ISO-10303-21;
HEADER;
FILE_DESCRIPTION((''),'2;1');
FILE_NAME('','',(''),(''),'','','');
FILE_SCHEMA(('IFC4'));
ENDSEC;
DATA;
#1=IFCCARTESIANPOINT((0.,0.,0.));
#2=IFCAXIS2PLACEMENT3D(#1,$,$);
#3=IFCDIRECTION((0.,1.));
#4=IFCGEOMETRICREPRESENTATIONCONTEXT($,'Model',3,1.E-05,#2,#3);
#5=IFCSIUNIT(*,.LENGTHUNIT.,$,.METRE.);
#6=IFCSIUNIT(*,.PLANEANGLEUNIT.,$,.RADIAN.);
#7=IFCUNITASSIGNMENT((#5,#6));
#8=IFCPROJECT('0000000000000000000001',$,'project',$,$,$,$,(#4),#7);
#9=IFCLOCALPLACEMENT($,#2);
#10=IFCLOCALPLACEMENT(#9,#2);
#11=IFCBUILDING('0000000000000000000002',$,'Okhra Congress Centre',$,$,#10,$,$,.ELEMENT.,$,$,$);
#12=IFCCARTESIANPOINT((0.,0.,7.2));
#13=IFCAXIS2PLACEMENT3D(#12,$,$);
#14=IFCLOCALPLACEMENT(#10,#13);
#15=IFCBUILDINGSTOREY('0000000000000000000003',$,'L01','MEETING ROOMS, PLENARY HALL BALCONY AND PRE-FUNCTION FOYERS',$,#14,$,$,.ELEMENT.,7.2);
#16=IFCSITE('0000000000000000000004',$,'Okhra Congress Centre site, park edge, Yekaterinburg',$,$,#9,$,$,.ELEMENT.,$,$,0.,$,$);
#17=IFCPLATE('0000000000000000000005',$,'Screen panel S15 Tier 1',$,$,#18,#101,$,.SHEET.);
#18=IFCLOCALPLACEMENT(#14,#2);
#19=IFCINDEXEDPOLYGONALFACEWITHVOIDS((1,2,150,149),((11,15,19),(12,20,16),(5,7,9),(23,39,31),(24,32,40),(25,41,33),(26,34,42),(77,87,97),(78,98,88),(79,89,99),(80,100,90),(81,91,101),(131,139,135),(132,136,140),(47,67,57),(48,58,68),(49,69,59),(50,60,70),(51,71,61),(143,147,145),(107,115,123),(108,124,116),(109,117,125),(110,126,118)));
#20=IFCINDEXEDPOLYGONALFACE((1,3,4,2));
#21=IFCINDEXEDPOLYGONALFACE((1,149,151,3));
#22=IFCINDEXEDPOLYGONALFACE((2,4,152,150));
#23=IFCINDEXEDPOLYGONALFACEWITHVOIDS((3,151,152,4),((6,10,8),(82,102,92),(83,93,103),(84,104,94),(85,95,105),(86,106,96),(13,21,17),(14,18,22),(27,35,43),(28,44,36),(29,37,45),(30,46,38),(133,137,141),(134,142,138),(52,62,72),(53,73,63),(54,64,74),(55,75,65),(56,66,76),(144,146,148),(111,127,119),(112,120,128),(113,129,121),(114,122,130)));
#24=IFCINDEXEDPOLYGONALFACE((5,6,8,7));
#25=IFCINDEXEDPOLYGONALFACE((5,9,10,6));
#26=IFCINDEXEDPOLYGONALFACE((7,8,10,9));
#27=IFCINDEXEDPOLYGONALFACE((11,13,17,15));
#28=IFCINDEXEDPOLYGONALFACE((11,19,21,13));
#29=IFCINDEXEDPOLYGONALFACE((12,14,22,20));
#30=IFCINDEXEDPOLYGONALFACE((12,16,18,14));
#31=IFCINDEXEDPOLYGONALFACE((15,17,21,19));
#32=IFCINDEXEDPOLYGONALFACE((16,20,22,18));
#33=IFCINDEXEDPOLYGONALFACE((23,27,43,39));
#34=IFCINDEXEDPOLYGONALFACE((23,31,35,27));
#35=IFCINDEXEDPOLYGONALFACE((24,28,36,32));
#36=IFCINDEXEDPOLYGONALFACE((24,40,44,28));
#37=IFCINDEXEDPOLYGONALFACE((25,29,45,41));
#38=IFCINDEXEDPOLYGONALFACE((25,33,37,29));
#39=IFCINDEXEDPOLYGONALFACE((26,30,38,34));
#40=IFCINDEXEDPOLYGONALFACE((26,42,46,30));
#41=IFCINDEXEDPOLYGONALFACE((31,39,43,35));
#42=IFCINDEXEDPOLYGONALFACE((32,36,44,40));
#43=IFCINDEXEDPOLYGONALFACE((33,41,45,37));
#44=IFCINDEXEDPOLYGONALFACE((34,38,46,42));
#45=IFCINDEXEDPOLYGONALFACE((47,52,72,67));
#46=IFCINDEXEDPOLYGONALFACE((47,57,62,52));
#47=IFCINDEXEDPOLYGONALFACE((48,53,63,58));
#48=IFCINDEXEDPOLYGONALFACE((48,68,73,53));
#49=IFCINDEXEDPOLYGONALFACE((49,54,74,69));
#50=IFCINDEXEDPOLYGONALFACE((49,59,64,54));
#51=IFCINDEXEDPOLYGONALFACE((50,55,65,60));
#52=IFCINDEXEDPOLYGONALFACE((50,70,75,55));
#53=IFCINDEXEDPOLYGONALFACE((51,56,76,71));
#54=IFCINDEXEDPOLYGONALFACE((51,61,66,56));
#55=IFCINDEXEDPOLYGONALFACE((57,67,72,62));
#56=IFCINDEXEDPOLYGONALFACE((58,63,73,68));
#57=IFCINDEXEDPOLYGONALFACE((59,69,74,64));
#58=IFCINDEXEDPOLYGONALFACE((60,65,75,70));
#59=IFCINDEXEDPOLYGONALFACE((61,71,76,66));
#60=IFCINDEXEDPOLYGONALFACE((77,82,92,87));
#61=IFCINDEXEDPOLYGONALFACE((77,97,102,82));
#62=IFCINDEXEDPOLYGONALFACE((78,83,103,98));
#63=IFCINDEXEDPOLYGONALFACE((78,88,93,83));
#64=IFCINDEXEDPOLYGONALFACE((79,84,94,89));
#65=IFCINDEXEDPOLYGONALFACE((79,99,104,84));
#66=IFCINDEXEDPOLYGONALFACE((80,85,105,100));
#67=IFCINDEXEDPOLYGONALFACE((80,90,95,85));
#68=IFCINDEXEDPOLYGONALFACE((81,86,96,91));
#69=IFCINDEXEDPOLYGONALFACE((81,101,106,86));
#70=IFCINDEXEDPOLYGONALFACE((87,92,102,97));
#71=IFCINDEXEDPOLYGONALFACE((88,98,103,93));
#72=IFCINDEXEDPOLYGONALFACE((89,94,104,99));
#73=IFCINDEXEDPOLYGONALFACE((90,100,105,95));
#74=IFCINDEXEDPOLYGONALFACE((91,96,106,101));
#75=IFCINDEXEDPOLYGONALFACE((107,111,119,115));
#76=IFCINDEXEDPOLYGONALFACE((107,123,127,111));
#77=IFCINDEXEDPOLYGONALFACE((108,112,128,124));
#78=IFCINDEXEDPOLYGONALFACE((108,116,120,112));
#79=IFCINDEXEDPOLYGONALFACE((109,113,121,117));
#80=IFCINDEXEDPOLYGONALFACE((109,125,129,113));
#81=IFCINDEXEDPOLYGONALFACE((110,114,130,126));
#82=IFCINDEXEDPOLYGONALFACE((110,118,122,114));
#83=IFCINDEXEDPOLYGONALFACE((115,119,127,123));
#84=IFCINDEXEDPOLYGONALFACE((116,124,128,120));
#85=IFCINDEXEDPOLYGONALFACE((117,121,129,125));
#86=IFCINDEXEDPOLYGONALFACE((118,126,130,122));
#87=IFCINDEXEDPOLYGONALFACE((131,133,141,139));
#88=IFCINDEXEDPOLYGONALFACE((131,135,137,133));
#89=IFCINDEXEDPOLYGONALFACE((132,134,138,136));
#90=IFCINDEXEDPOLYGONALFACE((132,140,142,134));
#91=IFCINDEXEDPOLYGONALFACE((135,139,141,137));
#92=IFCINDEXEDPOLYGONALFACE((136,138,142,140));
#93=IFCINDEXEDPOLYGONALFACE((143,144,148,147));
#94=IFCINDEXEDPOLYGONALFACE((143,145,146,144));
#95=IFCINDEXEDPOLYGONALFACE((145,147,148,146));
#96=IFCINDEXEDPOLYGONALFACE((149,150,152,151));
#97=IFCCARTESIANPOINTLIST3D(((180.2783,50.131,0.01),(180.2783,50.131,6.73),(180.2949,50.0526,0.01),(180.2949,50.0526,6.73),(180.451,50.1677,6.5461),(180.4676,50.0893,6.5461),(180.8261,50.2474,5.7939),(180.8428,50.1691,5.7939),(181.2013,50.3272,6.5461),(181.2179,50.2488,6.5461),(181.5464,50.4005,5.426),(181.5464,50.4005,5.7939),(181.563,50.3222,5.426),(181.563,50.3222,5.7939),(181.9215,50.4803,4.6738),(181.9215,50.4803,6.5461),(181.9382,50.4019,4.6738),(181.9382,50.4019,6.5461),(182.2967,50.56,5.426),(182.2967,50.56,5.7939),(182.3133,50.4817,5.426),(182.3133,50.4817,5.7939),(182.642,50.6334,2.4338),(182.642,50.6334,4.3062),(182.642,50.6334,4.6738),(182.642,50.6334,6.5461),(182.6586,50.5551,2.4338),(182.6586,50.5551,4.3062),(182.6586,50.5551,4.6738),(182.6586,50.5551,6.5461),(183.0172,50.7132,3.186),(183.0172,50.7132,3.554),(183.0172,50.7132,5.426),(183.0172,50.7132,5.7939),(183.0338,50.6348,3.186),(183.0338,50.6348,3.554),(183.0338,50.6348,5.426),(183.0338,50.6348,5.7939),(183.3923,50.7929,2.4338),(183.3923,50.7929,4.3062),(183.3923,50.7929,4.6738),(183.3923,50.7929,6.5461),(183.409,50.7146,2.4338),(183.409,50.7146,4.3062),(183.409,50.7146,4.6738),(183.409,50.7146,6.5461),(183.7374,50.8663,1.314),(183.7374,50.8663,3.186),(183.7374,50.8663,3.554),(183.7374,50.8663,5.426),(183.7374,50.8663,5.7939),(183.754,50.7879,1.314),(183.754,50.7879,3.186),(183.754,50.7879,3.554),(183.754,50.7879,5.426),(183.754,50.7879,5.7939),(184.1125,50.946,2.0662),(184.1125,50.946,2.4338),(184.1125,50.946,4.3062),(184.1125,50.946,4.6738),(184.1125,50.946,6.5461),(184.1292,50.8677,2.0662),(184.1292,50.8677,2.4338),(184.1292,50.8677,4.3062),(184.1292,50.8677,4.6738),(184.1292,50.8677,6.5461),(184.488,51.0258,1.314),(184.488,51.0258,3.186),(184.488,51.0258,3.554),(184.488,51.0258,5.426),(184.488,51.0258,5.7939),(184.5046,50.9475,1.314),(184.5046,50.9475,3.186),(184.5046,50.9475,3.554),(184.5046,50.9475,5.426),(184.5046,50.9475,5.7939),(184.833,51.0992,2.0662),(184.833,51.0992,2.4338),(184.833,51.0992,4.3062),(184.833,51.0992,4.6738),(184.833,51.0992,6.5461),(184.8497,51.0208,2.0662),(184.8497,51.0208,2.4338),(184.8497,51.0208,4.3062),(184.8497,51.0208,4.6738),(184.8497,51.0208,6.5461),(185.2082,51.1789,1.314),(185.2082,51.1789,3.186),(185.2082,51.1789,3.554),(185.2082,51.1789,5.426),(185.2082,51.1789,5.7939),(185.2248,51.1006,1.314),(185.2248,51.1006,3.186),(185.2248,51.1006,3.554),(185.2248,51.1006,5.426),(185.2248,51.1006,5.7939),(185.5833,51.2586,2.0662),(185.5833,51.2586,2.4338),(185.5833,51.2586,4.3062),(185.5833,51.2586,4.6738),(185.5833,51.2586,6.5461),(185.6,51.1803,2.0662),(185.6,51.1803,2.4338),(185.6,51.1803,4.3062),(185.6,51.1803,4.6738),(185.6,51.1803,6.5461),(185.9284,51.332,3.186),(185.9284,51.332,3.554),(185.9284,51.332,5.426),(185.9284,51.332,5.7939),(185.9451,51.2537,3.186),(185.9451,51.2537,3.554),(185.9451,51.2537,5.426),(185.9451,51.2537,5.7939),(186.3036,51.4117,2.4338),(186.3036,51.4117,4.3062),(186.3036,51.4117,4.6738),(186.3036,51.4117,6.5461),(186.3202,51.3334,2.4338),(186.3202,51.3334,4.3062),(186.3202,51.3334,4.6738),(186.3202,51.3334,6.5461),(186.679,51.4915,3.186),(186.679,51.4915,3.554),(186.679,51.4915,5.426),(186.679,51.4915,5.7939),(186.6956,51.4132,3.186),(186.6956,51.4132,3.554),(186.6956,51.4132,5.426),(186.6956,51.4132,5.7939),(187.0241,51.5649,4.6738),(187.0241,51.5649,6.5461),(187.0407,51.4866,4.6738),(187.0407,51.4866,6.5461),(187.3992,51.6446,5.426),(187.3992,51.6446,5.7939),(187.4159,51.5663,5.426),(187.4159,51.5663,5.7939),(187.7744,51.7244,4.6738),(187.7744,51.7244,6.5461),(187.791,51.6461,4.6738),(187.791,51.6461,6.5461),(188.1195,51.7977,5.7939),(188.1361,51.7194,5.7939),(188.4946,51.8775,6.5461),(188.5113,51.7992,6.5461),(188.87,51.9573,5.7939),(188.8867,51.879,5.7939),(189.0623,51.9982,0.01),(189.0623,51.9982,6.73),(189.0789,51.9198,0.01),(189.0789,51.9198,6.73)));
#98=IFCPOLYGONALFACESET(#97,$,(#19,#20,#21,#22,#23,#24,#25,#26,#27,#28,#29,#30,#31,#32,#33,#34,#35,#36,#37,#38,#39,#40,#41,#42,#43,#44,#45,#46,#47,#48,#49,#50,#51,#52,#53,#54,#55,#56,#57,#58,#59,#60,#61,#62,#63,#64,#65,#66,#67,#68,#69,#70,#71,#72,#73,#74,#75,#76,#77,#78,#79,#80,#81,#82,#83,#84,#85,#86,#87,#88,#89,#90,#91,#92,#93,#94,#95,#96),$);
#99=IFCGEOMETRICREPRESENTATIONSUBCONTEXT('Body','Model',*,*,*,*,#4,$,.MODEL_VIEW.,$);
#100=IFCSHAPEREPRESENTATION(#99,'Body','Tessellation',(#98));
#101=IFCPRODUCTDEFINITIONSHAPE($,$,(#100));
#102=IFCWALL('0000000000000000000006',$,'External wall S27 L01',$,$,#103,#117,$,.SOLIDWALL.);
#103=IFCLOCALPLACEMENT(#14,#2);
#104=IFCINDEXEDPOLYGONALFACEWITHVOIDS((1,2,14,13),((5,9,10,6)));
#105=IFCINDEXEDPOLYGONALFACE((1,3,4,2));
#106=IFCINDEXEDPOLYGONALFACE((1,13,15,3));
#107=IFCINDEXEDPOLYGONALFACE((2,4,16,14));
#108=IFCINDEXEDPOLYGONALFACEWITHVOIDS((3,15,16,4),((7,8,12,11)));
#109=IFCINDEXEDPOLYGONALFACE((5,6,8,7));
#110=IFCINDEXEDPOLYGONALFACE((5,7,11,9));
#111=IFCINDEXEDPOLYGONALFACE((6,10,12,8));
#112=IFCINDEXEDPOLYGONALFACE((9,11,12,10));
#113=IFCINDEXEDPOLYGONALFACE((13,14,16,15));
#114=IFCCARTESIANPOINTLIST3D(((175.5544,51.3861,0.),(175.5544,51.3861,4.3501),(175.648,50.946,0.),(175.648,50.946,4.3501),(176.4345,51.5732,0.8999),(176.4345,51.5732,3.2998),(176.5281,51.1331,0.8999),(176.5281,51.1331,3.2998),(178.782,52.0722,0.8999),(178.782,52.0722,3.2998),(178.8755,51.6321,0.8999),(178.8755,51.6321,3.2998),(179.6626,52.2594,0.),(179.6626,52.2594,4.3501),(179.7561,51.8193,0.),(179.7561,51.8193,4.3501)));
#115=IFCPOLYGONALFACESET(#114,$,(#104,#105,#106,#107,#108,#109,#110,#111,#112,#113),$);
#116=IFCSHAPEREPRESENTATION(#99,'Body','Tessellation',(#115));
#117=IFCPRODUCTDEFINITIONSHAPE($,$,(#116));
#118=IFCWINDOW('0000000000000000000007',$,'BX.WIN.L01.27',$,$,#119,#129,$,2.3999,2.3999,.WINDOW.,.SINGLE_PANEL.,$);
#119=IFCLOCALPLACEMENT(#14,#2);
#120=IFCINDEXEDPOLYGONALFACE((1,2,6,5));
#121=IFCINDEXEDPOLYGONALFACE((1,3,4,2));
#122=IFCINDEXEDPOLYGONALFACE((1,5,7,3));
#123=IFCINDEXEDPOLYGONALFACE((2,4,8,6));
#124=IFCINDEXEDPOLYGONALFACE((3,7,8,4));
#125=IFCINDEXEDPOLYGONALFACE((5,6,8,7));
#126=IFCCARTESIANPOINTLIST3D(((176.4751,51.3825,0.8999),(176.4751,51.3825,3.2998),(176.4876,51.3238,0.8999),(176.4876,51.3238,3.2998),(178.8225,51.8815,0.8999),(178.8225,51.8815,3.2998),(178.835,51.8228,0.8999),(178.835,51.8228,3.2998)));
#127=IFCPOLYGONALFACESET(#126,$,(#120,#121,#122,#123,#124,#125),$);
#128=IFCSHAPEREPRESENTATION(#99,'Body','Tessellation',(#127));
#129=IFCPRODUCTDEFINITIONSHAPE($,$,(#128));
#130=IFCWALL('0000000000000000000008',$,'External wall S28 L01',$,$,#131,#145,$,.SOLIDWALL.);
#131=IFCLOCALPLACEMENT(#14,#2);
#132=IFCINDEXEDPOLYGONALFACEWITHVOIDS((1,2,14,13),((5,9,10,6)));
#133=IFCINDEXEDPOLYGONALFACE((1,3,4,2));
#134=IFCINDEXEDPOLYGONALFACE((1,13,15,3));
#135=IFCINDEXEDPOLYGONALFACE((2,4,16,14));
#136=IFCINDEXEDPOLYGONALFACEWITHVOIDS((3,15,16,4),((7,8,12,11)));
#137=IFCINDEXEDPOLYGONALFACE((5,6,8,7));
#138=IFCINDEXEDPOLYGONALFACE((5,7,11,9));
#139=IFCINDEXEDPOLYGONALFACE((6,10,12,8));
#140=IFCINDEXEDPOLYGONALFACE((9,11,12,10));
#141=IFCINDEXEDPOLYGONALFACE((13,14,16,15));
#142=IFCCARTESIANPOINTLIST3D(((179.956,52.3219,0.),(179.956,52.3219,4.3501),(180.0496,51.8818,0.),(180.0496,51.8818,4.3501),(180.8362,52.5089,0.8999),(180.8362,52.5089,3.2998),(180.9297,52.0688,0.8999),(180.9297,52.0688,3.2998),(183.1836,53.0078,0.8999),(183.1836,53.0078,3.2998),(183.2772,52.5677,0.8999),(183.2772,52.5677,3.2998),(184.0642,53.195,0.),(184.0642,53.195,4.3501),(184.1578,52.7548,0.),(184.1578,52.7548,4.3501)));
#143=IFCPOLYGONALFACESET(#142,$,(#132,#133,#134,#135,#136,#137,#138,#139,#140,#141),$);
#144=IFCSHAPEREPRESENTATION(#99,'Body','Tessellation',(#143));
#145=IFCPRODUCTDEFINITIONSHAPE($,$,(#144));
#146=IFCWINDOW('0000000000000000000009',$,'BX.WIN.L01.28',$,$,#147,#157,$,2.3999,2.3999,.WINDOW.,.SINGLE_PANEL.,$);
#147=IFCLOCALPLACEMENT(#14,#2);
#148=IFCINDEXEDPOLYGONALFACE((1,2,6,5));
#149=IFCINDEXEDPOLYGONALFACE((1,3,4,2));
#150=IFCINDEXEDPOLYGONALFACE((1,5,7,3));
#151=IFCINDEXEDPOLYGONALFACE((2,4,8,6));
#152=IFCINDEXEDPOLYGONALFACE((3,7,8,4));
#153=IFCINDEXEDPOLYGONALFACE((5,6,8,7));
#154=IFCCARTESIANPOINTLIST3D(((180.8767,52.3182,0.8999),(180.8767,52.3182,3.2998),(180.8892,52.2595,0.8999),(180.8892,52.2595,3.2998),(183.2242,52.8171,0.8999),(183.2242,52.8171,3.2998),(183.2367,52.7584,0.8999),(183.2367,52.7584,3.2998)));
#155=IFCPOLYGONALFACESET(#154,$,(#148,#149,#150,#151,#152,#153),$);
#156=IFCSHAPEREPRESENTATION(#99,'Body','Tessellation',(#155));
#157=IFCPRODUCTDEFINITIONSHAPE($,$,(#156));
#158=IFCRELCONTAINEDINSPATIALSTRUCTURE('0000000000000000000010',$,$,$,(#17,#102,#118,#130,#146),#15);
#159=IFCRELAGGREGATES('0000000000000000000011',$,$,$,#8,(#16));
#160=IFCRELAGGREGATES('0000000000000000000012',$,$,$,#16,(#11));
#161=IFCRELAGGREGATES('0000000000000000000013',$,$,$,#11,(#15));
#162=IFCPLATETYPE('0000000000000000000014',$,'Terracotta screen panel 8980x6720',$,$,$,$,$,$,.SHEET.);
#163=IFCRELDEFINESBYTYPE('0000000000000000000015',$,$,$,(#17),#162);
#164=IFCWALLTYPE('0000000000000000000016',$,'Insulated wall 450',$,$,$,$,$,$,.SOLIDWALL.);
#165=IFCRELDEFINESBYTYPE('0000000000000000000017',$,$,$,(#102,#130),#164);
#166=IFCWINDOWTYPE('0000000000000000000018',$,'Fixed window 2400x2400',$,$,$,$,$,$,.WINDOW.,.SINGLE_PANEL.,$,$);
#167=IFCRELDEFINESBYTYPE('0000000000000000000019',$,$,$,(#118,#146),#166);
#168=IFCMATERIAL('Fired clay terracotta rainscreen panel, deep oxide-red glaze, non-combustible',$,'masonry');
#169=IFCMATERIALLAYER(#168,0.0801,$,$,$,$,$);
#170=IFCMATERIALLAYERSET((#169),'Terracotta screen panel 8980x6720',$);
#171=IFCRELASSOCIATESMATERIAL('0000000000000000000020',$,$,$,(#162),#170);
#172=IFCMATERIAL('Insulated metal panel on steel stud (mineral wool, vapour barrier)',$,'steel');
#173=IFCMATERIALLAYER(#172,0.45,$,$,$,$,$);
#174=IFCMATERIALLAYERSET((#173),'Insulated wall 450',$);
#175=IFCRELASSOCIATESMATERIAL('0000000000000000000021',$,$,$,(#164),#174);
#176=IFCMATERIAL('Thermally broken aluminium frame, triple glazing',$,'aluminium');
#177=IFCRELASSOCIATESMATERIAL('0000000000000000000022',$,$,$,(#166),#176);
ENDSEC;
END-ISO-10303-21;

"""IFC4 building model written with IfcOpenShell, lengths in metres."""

from ifc_helpers import new_model, si_unit, direction, frame, frame_2d, origin, place, context, subcontext, project, spatial, polyline, rectangle, outline, extrude, material, layer, layer_set, type_object, element, fill, save


model = new_model("IFC4")

# Units and contexts
model_context = context("Model", 3, precision=1e-05, world=origin(), true_north=direction((0.0, 1.0)))
body_context = subcontext(model_context, "Body", "Model", "MODEL_VIEW")
ifc_project = project(units=[si_unit("LENGTHUNIT", "METRE"), si_unit("PLANEANGLEUNIT", "RADIAN")], contexts=[model_context])

# Site, building, storey
site_placement = place(None, origin())
site = spatial("IfcSite", under=ifc_project, at=site_placement, Name="Okhra Congress Centre site, park edge, Yekaterinburg", CompositionType="ELEMENT", RefElevation=0.0)
building_placement = place(site_placement, origin())
building = spatial("IfcBuilding", under=site, at=building_placement, Name="Okhra Congress Centre", CompositionType="ELEMENT")
storey_placement = place(building_placement, frame((0.0, 0.0, 7.2)))
storey = spatial("IfcBuildingStorey", under=building, at=storey_placement, Name="L01", Description="MEETING ROOMS, PLENARY HALL BALCONY AND PRE-FUNCTION FOYERS", CompositionType="ELEMENT", Elevation=7.2)

# Plate
ifc_material_1 = material(Name="Fired clay terracotta rainscreen panel, deep oxide-red glaze, non-combustible", Category="masonry")
ifc_layer_1 = layer(ifc_material_1, 0.0801)
ifc_layer_set_1 = layer_set([ifc_layer_1], Name="Terracotta screen panel 8980x6720")
plate_type = type_object("IfcPlateType", Name="Terracotta screen panel 8980x6720", PredefinedType="SHEET", material=ifc_layer_set_1)
plate_placement = place(storey_placement, frame((180.2866, 50.0918, 0.01), z_axis=(0.0, 0.0, 1.0), x_axis=(0.978145, 0.207923, 0.0)))
element("IfcPlate", 1, at=plate_placement, inside=storey, type_object=plate_type, Name="Screen panel S15 Tier 1", PredefinedType="SHEET", context=body_context, shape_type="SweptSolid", body=[
    extrude(outline(polyline([(0.0, 0.0), (8.9802, 0.0), (8.9802, 6.72), (0.0, 6.72), (0.0, 0.0)]), holes=[polyline([(3.5364, 1.304), (4.3037, 1.304), (3.9199, 2.0562), (3.5364, 1.304)]), polyline([(4.6565, 2.0562), (5.04, 1.304), (5.4236, 2.0562), (4.6565, 2.0562)]), polyline([(2.4165, 2.4238), (3.1836, 2.4238), (2.8, 3.176), (2.4165, 2.4238)]), polyline([(3.5364, 3.176), (3.9199, 2.4238), (4.3037, 3.176), (3.5364, 3.176)]), polyline([(4.6565, 2.4238), (5.4236, 2.4238), (5.04, 3.176), (4.6565, 2.4238)]), polyline([(5.7764, 3.176), (6.1599, 2.4238), (6.5437, 3.176), (5.7764, 3.176)]), polyline([(2.4165, 4.2961), (2.8, 3.5439), (3.1836, 4.2961), (2.4165, 4.2961)]), polyline([(3.5364, 3.5439), (4.3037, 3.5439), (3.9199, 4.2961), (3.5364, 3.5439)]), polyline([(4.6565, 4.2961), (5.04, 3.5439), (5.4236, 4.2961), (4.6565, 4.2961)]), polyline([(5.7764, 3.5439), (6.5437, 3.5439), (6.1599, 4.2961), (5.7764, 3.5439)]), polyline([(1.2964, 5.416), (1.6799, 4.6638), (2.0635, 5.416), (1.2964, 5.416)]), polyline([(2.4165, 4.6638), (3.1836, 4.6638), (2.8, 5.416), (2.4165, 4.6638)]), polyline([(3.5364, 5.416), (3.9199, 4.6638), (4.3037, 5.416), (3.5364, 5.416)]), polyline([(4.6565, 4.6638), (5.4236, 4.6638), (5.04, 5.416), (4.6565, 4.6638)]), polyline([(5.7764, 5.416), (6.1599, 4.6638), (6.5437, 5.416), (5.7764, 5.416)]), polyline([(6.8965, 4.6638), (7.6636, 4.6638), (7.28, 5.416), (6.8965, 4.6638)]), polyline([(0.1765, 6.5361), (0.5601, 5.7839), (0.9436, 6.5361), (0.1765, 6.5361)]), polyline([(1.2964, 5.7839), (2.0635, 5.7839), (1.6799, 6.5361), (1.2964, 5.7839)]), polyline([(2.4165, 6.5361), (2.8, 5.7839), (3.1836, 6.5361), (2.4165, 6.5361)]), polyline([(3.5364, 5.7839), (4.3037, 5.7839), (3.9199, 6.5361), (3.5364, 5.7839)]), polyline([(4.6565, 6.5361), (5.04, 5.7839), (5.4236, 6.5361), (4.6565, 6.5361)]), polyline([(5.7764, 5.7839), (6.5437, 5.7839), (6.1599, 6.5361), (5.7764, 5.7839)]), polyline([(6.8965, 6.5361), (7.28, 5.7839), (7.6636, 6.5361), (6.8965, 6.5361)]), polyline([(8.0164, 5.7839), (8.7837, 5.7839), (8.3999, 6.5361), (8.0164, 5.7839)])]), frame((0.0, 0.04, 0.0), z_axis=(0.0, -1.0, 0.0), x_axis=(1.0, 0.0, 0.0)), (0.0, 0.0, 1.0), 0.0801),
])

# Walls, openings, windows
ifc_material_2 = material(Name="Insulated metal panel on steel stud (mineral wool, vapour barrier)", Category="steel")
ifc_layer_2 = layer(ifc_material_2, 0.45)
ifc_layer_set_2 = layer_set([ifc_layer_2], Name="Insulated wall 450")
wall_type_1 = type_object("IfcWallType", Name="Insulated wall 450", PredefinedType="SOLIDWALL", material=ifc_layer_set_2)
wall_1_placement = place(storey_placement, frame((175.6011, 51.166, 0.0), z_axis=(0.0, 0.0, 1.0), x_axis=(0.978144, 0.207929, 0.0)))
wall_1 = element("IfcWall", 2, at=wall_1_placement, inside=storey, type_object=wall_type_1, Name="External wall S27 L01", PredefinedType="SOLIDWALL", context=body_context, shape_type="SweptSolid", body=[
    extrude(rectangle(XDim=4.2, YDim=0.45, at=frame_2d((2.1001, 0.0))), origin(), (0.0, 0.0, 1.0), 4.3501),
])
opening_1_placement = place(wall_1_placement, frame((0.8999, 0.0, 0.8999)))
opening_1 = element("IfcOpeningElement", 3, at=opening_1_placement, cuts=wall_1, PredefinedType="OPENING", context=body_context, shape_type="SweptSolid", body=[
    extrude(rectangle(XDim=2.3999, YDim=2.3999, at=frame_2d((1.2, 1.2))), frame((0.0, 0.2349, 0.0), z_axis=(0.0, -1.0, 0.0), x_axis=(1.0, 0.0, 0.0)), (0.0, 0.0, 1.0), 0.47),
])
ifc_material_3 = material(Name="Thermally broken aluminium frame, triple glazing", Category="aluminium")
window_type = type_object("IfcWindowType", Name="Fixed window 2400x2400", PartitioningType="SINGLE_PANEL", PredefinedType="WINDOW", material=ifc_material_3)
window_1_placement = place(opening_1_placement, origin())
window_1 = element("IfcWindow", 4, at=window_1_placement, inside=storey, type_object=window_type, Name="BX.WIN.L01.27", OverallHeight=2.3999, OverallWidth=2.3999, PartitioningType="SINGLE_PANEL", PredefinedType="WINDOW", context=body_context, shape_type="SweptSolid", body=[
    extrude(rectangle(XDim=2.3999, YDim=2.3999, at=frame_2d((1.2, 1.2))), frame((0.0, 0.03, 0.0), z_axis=(0.0, -1.0, 0.0), x_axis=(1.0, 0.0, 0.0)), (0.0, 0.0, 1.0), 0.0601),
])
fill(opening_1, window_1)
wall_2_placement = place(storey_placement, frame((180.0027, 52.1018, 0.0), z_axis=(0.0, 0.0, 1.0), x_axis=(0.978156, 0.207873, 0.0)))
wall_2 = element("IfcWall", 5, at=wall_2_placement, inside=storey, type_object=wall_type_1, Name="External wall S28 L01", PredefinedType="SOLIDWALL", context=body_context, shape_type="SweptSolid", body=[
    extrude(rectangle(XDim=4.2, YDim=0.45, at=frame_2d((2.1001, 0.0))), origin(), (0.0, 0.0, 1.0), 4.3501),
])
opening_2_placement = place(wall_2_placement, frame((0.8999, 0.0, 0.8999)))
opening_2 = element("IfcOpeningElement", 6, at=opening_2_placement, cuts=wall_2, PredefinedType="OPENING", context=body_context, shape_type="SweptSolid", body=[
    extrude(rectangle(XDim=2.3999, YDim=2.3999, at=frame_2d((1.2, 1.2))), frame((0.0, 0.2349, 0.0), z_axis=(0.0, -1.0, 0.0), x_axis=(1.0, 0.0, 0.0)), (0.0, 0.0, 1.0), 0.47),
])
window_2_placement = place(opening_2_placement, origin())
window_2 = element("IfcWindow", 7, at=window_2_placement, inside=storey, type_object=window_type, Name="BX.WIN.L01.28", OverallHeight=2.3999, OverallWidth=2.3999, PartitioningType="SINGLE_PANEL", PredefinedType="WINDOW", context=body_context, shape_type="SweptSolid", body=[
    extrude(rectangle(XDim=2.3999, YDim=2.3999, at=frame_2d((1.2, 1.2))), frame((0.0, 0.03, 0.0), z_axis=(0.0, -1.0, 0.0), x_axis=(1.0, 0.0, 0.0)), (0.0, 0.0, 1.0), 0.0601),
])
fill(opening_2, window_2)

save(model, "model.ifc")
